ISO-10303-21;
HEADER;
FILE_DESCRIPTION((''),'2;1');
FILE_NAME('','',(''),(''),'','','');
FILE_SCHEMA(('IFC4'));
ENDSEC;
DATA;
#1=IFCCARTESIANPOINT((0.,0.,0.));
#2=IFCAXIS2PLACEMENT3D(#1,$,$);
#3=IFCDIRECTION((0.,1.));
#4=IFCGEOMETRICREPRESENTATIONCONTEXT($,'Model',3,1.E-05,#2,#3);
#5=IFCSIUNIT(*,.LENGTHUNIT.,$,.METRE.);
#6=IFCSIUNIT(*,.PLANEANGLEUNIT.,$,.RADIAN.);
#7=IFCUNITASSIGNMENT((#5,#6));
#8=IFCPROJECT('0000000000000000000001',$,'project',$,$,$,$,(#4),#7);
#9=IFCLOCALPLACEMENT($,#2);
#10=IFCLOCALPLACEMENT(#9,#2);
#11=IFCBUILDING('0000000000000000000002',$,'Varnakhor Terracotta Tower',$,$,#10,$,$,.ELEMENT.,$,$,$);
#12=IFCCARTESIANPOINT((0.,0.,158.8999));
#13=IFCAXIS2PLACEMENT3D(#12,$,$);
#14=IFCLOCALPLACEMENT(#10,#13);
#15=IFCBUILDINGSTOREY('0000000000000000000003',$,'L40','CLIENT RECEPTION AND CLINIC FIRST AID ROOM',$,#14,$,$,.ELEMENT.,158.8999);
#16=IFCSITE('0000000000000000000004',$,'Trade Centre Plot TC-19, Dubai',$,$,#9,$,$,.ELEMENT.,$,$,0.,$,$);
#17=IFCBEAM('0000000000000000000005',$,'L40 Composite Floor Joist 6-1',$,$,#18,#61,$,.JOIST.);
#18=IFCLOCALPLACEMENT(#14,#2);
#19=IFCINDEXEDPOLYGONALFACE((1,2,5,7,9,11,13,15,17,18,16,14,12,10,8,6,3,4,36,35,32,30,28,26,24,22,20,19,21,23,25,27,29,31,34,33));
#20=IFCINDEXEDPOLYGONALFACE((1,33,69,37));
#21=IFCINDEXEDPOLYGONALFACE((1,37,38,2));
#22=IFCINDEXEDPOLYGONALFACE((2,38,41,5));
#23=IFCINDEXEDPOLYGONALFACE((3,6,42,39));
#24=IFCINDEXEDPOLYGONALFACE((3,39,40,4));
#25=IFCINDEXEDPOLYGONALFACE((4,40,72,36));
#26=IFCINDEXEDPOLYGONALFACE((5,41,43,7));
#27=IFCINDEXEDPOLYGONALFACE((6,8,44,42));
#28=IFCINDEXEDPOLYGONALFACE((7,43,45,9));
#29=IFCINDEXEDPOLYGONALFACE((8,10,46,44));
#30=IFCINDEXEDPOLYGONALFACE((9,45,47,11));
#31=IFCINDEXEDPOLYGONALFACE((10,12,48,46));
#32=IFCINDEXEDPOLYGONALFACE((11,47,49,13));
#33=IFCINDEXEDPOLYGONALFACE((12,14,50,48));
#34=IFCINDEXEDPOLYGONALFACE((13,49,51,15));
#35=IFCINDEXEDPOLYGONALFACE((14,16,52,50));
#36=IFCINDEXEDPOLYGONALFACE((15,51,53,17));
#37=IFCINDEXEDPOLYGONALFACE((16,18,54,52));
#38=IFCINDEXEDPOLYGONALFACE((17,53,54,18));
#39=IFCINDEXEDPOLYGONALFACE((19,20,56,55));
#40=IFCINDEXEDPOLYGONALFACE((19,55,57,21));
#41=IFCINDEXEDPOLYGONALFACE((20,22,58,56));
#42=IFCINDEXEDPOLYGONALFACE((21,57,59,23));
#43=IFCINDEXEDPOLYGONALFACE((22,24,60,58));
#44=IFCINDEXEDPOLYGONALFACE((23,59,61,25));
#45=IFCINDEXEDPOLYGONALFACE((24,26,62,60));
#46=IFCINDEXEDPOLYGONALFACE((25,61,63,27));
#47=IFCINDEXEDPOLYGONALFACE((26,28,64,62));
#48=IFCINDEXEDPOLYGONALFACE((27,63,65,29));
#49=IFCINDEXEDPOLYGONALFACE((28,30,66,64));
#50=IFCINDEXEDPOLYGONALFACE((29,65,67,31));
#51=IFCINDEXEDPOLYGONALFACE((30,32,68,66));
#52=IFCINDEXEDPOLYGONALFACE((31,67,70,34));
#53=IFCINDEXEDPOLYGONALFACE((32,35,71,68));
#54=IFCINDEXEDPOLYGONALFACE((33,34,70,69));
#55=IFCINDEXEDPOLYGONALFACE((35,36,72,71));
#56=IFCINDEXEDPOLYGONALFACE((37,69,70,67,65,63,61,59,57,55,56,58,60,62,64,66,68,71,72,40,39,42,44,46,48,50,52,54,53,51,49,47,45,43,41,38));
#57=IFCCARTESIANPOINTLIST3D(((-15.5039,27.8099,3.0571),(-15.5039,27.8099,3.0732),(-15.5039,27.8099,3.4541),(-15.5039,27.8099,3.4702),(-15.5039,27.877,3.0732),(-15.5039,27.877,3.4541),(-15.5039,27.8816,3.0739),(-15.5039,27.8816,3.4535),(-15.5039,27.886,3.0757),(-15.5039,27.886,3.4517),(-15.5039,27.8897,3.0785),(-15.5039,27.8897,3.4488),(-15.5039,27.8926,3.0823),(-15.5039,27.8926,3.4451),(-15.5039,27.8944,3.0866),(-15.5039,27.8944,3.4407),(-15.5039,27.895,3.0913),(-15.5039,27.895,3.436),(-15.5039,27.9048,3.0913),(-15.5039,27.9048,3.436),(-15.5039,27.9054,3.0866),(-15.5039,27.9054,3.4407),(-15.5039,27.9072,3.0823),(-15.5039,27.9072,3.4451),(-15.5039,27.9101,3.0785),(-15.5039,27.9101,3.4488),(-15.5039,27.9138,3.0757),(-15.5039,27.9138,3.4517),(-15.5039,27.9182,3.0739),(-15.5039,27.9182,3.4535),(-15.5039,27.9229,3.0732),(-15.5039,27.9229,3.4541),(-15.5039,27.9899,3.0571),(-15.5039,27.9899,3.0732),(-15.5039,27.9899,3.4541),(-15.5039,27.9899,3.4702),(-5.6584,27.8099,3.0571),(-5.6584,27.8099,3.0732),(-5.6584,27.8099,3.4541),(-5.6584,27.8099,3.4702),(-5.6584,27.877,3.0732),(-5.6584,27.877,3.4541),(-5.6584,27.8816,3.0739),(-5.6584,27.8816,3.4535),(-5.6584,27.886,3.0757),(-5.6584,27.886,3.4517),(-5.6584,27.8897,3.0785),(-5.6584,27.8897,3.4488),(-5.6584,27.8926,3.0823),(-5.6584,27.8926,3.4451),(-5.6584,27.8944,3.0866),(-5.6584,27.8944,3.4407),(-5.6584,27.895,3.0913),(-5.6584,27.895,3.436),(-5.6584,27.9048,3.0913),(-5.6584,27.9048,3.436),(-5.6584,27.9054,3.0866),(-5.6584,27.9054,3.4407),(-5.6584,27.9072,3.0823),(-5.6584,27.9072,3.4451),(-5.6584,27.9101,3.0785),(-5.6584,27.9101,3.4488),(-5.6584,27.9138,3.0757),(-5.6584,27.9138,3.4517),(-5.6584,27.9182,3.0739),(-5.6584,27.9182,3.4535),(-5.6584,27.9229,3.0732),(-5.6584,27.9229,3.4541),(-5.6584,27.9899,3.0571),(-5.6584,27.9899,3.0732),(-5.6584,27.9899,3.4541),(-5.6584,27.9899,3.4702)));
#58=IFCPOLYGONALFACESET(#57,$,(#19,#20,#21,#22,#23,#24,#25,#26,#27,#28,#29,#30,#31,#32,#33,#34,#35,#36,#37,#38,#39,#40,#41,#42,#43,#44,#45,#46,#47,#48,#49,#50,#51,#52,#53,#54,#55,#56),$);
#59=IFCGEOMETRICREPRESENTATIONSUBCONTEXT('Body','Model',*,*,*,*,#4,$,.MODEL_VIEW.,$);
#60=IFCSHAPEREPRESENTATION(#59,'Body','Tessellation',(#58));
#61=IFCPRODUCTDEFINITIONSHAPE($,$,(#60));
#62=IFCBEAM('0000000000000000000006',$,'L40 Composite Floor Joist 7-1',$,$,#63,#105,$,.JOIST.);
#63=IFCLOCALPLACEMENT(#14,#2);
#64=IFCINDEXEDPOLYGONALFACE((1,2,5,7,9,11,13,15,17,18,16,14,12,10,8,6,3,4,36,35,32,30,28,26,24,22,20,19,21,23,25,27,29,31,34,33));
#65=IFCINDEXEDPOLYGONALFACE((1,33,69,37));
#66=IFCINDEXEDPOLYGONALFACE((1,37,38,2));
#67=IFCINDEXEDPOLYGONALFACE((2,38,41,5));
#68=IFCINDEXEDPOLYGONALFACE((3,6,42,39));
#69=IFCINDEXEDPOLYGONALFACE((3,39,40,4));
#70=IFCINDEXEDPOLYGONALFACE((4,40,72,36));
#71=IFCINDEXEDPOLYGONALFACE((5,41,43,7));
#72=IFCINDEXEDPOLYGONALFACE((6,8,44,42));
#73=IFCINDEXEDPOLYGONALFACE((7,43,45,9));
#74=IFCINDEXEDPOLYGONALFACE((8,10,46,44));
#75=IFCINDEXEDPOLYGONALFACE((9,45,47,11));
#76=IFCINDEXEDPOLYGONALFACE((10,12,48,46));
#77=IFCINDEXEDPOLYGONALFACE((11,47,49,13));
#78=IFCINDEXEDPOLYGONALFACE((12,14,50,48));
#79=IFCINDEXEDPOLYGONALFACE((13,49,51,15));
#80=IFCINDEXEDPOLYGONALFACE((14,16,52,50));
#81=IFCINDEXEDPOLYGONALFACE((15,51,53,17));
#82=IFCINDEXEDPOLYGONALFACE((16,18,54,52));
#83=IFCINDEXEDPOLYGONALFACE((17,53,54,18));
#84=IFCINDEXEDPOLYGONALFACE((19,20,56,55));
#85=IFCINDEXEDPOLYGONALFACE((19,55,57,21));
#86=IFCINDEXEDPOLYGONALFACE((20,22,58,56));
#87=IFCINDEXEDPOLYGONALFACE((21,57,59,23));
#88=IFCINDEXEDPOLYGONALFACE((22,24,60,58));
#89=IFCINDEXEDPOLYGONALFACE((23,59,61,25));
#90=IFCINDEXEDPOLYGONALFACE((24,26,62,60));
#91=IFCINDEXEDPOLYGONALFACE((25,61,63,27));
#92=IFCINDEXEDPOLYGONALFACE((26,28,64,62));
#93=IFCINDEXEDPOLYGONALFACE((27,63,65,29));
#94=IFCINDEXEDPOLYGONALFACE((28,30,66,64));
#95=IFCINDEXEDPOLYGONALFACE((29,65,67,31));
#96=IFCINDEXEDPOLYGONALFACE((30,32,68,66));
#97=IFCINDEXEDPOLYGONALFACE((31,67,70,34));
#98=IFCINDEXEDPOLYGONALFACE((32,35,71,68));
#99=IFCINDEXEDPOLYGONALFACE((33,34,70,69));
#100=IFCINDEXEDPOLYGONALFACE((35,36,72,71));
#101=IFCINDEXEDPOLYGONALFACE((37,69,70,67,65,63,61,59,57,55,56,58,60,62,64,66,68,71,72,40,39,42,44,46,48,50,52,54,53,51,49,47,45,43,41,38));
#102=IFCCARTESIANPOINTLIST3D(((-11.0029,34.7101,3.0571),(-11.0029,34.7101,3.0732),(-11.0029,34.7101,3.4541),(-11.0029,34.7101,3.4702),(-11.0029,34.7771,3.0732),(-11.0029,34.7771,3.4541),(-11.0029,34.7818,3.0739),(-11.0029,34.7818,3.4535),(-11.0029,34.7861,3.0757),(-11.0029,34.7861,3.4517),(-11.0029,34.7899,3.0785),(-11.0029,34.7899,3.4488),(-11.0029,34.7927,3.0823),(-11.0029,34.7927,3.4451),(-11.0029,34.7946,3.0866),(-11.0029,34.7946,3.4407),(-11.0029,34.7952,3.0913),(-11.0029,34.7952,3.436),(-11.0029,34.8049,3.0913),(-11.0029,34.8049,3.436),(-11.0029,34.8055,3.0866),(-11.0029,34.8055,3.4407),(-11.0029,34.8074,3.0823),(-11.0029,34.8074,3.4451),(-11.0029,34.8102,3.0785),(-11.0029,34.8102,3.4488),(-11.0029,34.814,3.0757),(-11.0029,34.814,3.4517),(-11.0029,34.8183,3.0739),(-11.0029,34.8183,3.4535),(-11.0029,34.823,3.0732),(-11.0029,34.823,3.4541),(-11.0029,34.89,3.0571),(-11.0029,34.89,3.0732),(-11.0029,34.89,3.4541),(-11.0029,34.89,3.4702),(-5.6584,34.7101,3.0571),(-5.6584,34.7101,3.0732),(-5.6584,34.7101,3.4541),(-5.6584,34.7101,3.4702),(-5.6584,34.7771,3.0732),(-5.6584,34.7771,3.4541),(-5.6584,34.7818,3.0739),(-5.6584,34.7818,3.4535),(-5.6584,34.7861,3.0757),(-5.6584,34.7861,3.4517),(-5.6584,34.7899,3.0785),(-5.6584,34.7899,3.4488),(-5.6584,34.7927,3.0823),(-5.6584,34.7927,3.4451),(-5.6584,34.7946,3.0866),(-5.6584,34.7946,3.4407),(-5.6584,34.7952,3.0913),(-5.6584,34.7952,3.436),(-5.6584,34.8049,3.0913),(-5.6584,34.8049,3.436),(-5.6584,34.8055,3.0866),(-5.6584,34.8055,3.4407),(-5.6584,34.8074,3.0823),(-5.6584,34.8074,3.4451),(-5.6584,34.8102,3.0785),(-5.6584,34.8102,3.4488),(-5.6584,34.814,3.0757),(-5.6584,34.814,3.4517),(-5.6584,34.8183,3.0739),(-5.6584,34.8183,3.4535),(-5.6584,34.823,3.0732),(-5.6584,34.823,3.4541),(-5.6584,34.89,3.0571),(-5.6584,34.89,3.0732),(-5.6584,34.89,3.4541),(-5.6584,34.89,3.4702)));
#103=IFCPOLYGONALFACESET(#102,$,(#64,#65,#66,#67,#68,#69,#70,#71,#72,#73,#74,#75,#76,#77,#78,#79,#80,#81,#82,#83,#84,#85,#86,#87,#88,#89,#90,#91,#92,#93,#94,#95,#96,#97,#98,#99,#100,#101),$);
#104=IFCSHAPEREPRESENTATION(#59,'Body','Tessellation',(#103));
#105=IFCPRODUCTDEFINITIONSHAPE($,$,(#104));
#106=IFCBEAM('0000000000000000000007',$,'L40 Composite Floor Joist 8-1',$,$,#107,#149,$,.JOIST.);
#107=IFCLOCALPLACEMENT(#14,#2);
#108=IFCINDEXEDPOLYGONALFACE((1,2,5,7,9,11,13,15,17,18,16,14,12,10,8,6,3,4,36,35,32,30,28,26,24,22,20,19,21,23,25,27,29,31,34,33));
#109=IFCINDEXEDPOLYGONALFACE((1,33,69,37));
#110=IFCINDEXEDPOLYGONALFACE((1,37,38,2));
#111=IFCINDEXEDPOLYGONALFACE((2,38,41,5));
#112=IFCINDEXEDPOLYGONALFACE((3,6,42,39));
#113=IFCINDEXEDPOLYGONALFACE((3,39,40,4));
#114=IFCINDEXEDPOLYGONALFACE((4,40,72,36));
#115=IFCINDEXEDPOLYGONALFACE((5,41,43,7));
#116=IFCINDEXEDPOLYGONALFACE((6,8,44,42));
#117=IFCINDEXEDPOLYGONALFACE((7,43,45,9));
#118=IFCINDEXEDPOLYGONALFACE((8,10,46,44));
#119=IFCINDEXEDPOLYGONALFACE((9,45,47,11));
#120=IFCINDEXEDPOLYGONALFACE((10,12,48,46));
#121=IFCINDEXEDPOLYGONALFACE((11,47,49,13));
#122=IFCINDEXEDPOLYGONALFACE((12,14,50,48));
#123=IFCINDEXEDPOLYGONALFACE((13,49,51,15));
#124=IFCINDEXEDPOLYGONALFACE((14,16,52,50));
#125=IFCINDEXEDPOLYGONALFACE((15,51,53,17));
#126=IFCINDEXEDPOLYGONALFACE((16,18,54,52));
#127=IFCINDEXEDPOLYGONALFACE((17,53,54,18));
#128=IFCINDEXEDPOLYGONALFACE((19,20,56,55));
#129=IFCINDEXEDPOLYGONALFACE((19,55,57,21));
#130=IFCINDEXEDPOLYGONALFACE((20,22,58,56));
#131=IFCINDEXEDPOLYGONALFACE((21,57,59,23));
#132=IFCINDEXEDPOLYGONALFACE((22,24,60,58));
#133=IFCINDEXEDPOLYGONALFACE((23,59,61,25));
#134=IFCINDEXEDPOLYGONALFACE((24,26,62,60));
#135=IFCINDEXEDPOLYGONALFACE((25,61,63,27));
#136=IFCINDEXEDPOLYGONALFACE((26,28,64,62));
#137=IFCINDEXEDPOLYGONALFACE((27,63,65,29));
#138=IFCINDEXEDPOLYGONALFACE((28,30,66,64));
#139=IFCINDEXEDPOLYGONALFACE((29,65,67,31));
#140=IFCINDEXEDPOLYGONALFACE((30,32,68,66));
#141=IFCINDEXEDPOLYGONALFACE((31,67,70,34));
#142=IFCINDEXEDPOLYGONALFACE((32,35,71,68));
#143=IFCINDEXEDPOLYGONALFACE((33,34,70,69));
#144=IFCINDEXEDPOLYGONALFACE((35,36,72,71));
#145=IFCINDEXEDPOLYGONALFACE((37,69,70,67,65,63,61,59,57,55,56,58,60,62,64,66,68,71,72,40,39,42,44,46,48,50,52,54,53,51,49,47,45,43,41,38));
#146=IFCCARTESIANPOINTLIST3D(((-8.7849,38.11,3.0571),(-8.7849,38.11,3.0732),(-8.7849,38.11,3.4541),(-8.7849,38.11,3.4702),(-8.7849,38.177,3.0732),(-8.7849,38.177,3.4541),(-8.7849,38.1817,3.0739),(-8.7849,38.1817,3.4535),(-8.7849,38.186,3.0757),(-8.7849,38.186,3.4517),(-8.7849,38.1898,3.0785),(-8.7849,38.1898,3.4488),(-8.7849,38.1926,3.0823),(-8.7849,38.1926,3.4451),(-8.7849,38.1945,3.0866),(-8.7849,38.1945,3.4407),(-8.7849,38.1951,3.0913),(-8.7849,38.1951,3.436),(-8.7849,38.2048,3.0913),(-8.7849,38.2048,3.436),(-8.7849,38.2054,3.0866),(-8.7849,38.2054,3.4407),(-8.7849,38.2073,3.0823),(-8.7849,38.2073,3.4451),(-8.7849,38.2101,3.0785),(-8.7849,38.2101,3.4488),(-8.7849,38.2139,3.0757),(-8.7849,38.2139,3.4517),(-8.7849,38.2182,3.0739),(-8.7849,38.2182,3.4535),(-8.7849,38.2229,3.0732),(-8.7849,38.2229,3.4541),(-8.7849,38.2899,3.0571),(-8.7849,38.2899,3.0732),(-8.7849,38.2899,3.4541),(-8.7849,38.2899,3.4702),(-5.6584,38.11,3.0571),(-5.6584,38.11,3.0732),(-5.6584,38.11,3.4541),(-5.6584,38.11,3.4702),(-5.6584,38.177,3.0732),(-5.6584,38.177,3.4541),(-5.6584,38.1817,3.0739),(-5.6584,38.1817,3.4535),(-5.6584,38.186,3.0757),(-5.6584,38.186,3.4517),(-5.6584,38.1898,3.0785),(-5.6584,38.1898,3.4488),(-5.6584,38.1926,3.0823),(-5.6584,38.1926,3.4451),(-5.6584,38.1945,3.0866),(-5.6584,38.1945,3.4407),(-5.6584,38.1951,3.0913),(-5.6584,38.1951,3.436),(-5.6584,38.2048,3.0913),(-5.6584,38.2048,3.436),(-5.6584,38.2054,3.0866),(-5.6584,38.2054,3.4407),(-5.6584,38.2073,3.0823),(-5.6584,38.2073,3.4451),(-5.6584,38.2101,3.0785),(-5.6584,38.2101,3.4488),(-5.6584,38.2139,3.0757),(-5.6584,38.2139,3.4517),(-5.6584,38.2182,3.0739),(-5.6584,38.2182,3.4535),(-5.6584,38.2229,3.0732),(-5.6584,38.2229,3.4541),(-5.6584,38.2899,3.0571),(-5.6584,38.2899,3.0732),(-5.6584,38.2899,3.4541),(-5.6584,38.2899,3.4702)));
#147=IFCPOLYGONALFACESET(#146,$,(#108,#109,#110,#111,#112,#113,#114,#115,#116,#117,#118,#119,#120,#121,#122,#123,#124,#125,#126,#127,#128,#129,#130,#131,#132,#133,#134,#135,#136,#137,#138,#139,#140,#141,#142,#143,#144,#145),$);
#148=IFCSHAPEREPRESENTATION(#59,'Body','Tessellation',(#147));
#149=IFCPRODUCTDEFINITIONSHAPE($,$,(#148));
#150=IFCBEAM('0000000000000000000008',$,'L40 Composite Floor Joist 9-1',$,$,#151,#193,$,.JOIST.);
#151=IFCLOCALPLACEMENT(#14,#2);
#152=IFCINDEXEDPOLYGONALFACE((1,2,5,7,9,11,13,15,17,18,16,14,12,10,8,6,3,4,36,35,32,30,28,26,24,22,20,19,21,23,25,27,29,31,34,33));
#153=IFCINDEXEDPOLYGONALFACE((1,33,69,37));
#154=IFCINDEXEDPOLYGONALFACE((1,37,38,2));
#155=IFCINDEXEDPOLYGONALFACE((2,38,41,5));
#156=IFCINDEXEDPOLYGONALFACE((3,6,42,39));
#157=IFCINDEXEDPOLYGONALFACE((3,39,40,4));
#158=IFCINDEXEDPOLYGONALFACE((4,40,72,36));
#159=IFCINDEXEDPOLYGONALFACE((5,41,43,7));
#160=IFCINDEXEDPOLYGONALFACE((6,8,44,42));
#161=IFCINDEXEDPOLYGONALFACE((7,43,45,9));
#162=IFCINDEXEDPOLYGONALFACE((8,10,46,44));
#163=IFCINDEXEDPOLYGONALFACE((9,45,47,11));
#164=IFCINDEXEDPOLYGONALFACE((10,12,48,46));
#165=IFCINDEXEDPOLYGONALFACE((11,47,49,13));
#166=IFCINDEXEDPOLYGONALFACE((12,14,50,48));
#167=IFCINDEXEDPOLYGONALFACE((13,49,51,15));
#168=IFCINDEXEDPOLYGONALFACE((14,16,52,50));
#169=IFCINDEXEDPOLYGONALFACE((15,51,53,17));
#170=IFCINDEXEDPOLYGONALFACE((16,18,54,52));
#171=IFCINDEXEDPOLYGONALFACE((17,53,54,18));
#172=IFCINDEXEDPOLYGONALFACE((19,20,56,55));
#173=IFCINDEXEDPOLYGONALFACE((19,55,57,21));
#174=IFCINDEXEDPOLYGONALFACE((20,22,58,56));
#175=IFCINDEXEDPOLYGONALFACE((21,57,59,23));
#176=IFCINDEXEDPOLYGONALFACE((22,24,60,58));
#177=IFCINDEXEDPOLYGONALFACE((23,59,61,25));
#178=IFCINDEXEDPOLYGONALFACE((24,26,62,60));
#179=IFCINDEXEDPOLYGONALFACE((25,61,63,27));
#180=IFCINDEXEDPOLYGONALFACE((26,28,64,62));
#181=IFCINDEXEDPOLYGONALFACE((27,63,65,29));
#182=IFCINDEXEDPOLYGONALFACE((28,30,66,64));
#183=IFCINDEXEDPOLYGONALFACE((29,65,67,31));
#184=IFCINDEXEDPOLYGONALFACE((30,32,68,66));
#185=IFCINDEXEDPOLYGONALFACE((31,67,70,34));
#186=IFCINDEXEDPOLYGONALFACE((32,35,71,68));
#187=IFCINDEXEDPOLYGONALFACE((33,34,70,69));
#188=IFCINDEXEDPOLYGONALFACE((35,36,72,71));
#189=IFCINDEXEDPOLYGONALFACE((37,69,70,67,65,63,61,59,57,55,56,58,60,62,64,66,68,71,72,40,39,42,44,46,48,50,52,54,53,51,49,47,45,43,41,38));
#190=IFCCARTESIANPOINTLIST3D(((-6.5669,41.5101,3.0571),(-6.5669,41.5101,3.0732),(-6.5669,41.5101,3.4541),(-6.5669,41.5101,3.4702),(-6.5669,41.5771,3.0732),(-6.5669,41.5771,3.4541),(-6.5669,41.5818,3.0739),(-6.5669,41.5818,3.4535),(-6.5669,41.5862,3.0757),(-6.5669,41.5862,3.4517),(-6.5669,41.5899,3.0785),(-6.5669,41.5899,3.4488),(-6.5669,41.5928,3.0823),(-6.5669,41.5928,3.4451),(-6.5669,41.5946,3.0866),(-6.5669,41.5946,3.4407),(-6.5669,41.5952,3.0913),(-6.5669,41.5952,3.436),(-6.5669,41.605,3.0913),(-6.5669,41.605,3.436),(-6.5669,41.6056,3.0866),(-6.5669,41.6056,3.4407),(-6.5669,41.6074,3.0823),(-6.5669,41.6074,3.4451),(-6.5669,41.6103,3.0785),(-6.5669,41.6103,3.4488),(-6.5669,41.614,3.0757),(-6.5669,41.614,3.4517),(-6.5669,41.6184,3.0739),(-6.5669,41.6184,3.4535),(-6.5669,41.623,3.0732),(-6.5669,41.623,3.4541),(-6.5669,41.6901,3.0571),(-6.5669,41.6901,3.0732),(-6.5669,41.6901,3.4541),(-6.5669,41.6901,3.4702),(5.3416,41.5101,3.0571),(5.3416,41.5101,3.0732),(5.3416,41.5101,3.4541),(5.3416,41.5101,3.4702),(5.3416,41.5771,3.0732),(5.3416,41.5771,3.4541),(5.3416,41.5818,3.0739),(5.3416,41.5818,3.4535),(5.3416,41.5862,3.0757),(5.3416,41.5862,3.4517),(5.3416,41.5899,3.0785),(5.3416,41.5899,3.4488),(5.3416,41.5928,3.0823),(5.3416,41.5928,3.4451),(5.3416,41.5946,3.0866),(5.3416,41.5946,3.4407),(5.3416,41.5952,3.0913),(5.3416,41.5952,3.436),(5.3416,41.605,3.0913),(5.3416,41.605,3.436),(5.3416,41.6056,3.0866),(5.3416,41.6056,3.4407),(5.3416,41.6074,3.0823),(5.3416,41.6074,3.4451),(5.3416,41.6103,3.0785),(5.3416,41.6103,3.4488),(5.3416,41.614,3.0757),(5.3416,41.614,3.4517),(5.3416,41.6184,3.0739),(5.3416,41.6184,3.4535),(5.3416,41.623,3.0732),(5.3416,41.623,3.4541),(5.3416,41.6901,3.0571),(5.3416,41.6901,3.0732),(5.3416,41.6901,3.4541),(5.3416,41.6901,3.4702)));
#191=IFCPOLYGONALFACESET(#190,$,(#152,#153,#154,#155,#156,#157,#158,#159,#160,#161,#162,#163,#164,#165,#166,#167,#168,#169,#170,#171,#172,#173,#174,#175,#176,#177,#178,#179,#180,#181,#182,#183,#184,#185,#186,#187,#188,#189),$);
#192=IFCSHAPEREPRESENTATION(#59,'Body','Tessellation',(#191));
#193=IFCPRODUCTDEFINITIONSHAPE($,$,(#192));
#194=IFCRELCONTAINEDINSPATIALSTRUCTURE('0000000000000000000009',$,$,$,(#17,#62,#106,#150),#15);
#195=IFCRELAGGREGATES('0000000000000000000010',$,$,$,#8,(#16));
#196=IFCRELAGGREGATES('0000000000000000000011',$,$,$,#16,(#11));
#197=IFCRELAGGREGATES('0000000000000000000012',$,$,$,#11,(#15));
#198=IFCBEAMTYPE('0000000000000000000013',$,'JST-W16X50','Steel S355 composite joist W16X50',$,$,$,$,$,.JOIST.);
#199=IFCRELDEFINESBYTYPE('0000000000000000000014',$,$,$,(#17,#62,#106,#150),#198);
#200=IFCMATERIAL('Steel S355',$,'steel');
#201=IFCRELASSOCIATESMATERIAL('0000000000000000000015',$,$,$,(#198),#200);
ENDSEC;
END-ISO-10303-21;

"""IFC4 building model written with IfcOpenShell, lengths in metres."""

from ifc_helpers import new_model, si_unit, direction, frame, origin, origin_2d, place, context, subcontext, project, spatial, i_section, extrude, source, transform, mapped, material, material_profile, profile_set, type_object, element, save


model = new_model("IFC4")

# Units and contexts
model_context = context("Model", 3, precision=1e-05, world=origin(), true_north=direction((0.0, 1.0)))
body_context = subcontext(model_context, "Body", "Model", "MODEL_VIEW")
ifc_project = project(units=[si_unit("LENGTHUNIT", "METRE"), si_unit("PLANEANGLEUNIT", "RADIAN")], contexts=[model_context])

# Site, building, storey
site_placement = place(None, origin())
site = spatial("IfcSite", under=ifc_project, at=site_placement, Name="Trade Centre Plot TC-19, Dubai", CompositionType="ELEMENT", RefElevation=0.0)
building_placement = place(site_placement, origin())
building = spatial("IfcBuilding", under=site, at=building_placement, Name="Varnakhor Terracotta Tower", CompositionType="ELEMENT")
storey_placement = place(building_placement, frame((0.0, 0.0, 158.8999)))
storey = spatial("IfcBuildingStorey", under=building, at=storey_placement, Name="L40", Description="CLIENT RECEPTION AND CLINIC FIRST AID ROOM", CompositionType="ELEMENT", Elevation=158.8999)

# Beams
ifc_material_1 = material(Name="Steel S355", Category="steel")
ifc_material_profile_1 = material_profile(ifc_material_1, i_section(OverallWidth=0.1799, OverallDepth=0.4131, WebThickness=0.0098, FlangeThickness=0.0161, FilletRadius=0.0181, at=origin_2d()), Name="W16X50")
ifc_profile_set_1 = profile_set([ifc_material_profile_1], Name="Steel S355")
beam_type_1 = type_object("IfcBeamType", Name="JST-W16X50", Description="Steel S355 composite joist W16X50", PredefinedType="JOIST", material=ifc_profile_set_1)
shared_shape_1 = source(origin(), body_context, "Body", "SweptSolid", [
    extrude(i_section(OverallWidth=0.1799, OverallDepth=0.4131, WebThickness=0.0098, FlangeThickness=0.0161, FilletRadius=0.0181, at=origin_2d()), origin(), (0.0, 0.0, 1.0), 9.8455),
])
beam_1_placement = place(storey_placement, frame((-15.5039, 27.8999, 3.2637), z_axis=(1.0, 0.0, 0.0), x_axis=(0.0, 1.0, 0.0)))
element("IfcBeam", 1, at=beam_1_placement, inside=storey, type_object=beam_type_1, Name="L40 Composite Floor Joist 6-1", PredefinedType="JOIST", context=body_context, shape_type="MappedRepresentation", body=[
    mapped(shared_shape_1, transform((0.0, 0.0, 0.0), scale=1.0)),
])
shared_shape_2 = source(origin(), body_context, "Body", "SweptSolid", [
    extrude(i_section(OverallWidth=0.1799, OverallDepth=0.4131, WebThickness=0.0098, FlangeThickness=0.0161, FilletRadius=0.0181, at=origin_2d()), origin(), (0.0, 0.0, 1.0), 5.3445),
])
beam_2_placement = place(storey_placement, frame((-11.0029, 34.8, 3.2637), z_axis=(1.0, 0.0, 0.0), x_axis=(0.0, 1.0, 0.0)))
element("IfcBeam", 2, at=beam_2_placement, inside=storey, type_object=beam_type_1, Name="L40 Composite Floor Joist 7-1", PredefinedType="JOIST", context=body_context, shape_type="MappedRepresentation", body=[
    mapped(shared_shape_2, transform((0.0, 0.0, 0.0), scale=1.0)),
])
shared_shape_3 = source(origin(), body_context, "Body", "SweptSolid", [
    extrude(i_section(OverallWidth=0.1799, OverallDepth=0.4131, WebThickness=0.0098, FlangeThickness=0.0161, FilletRadius=0.0181, at=origin_2d()), origin(), (0.0, 0.0, 1.0), 3.1265),
])
beam_3_placement = place(storey_placement, frame((-8.7849, 38.2, 3.2637), z_axis=(1.0, 0.0, 0.0), x_axis=(0.0, 1.0, 0.0)))
element("IfcBeam", 3, at=beam_3_placement, inside=storey, type_object=beam_type_1, Name="L40 Composite Floor Joist 8-1", PredefinedType="JOIST", context=body_context, shape_type="MappedRepresentation", body=[
    mapped(shared_shape_3, transform((0.0, 0.0, 0.0), scale=1.0)),
])
shared_shape_4 = source(origin(), body_context, "Body", "SweptSolid", [
    extrude(i_section(OverallWidth=0.1799, OverallDepth=0.4131, WebThickness=0.0098, FlangeThickness=0.0161, FilletRadius=0.0181, at=origin_2d()), origin(), (0.0, 0.0, 1.0), 11.9084),
])
beam_4_placement = place(storey_placement, frame((-6.5669, 41.6001, 3.2637), z_axis=(1.0, 0.0, 0.0), x_axis=(0.0, 1.0, 0.0)))
element("IfcBeam", 4, at=beam_4_placement, inside=storey, type_object=beam_type_1, Name="L40 Composite Floor Joist 9-1", PredefinedType="JOIST", context=body_context, shape_type="MappedRepresentation", body=[
    mapped(shared_shape_4, transform((0.0, 0.0, 0.0), scale=1.0)),
])

save(model, "model.ifc")
